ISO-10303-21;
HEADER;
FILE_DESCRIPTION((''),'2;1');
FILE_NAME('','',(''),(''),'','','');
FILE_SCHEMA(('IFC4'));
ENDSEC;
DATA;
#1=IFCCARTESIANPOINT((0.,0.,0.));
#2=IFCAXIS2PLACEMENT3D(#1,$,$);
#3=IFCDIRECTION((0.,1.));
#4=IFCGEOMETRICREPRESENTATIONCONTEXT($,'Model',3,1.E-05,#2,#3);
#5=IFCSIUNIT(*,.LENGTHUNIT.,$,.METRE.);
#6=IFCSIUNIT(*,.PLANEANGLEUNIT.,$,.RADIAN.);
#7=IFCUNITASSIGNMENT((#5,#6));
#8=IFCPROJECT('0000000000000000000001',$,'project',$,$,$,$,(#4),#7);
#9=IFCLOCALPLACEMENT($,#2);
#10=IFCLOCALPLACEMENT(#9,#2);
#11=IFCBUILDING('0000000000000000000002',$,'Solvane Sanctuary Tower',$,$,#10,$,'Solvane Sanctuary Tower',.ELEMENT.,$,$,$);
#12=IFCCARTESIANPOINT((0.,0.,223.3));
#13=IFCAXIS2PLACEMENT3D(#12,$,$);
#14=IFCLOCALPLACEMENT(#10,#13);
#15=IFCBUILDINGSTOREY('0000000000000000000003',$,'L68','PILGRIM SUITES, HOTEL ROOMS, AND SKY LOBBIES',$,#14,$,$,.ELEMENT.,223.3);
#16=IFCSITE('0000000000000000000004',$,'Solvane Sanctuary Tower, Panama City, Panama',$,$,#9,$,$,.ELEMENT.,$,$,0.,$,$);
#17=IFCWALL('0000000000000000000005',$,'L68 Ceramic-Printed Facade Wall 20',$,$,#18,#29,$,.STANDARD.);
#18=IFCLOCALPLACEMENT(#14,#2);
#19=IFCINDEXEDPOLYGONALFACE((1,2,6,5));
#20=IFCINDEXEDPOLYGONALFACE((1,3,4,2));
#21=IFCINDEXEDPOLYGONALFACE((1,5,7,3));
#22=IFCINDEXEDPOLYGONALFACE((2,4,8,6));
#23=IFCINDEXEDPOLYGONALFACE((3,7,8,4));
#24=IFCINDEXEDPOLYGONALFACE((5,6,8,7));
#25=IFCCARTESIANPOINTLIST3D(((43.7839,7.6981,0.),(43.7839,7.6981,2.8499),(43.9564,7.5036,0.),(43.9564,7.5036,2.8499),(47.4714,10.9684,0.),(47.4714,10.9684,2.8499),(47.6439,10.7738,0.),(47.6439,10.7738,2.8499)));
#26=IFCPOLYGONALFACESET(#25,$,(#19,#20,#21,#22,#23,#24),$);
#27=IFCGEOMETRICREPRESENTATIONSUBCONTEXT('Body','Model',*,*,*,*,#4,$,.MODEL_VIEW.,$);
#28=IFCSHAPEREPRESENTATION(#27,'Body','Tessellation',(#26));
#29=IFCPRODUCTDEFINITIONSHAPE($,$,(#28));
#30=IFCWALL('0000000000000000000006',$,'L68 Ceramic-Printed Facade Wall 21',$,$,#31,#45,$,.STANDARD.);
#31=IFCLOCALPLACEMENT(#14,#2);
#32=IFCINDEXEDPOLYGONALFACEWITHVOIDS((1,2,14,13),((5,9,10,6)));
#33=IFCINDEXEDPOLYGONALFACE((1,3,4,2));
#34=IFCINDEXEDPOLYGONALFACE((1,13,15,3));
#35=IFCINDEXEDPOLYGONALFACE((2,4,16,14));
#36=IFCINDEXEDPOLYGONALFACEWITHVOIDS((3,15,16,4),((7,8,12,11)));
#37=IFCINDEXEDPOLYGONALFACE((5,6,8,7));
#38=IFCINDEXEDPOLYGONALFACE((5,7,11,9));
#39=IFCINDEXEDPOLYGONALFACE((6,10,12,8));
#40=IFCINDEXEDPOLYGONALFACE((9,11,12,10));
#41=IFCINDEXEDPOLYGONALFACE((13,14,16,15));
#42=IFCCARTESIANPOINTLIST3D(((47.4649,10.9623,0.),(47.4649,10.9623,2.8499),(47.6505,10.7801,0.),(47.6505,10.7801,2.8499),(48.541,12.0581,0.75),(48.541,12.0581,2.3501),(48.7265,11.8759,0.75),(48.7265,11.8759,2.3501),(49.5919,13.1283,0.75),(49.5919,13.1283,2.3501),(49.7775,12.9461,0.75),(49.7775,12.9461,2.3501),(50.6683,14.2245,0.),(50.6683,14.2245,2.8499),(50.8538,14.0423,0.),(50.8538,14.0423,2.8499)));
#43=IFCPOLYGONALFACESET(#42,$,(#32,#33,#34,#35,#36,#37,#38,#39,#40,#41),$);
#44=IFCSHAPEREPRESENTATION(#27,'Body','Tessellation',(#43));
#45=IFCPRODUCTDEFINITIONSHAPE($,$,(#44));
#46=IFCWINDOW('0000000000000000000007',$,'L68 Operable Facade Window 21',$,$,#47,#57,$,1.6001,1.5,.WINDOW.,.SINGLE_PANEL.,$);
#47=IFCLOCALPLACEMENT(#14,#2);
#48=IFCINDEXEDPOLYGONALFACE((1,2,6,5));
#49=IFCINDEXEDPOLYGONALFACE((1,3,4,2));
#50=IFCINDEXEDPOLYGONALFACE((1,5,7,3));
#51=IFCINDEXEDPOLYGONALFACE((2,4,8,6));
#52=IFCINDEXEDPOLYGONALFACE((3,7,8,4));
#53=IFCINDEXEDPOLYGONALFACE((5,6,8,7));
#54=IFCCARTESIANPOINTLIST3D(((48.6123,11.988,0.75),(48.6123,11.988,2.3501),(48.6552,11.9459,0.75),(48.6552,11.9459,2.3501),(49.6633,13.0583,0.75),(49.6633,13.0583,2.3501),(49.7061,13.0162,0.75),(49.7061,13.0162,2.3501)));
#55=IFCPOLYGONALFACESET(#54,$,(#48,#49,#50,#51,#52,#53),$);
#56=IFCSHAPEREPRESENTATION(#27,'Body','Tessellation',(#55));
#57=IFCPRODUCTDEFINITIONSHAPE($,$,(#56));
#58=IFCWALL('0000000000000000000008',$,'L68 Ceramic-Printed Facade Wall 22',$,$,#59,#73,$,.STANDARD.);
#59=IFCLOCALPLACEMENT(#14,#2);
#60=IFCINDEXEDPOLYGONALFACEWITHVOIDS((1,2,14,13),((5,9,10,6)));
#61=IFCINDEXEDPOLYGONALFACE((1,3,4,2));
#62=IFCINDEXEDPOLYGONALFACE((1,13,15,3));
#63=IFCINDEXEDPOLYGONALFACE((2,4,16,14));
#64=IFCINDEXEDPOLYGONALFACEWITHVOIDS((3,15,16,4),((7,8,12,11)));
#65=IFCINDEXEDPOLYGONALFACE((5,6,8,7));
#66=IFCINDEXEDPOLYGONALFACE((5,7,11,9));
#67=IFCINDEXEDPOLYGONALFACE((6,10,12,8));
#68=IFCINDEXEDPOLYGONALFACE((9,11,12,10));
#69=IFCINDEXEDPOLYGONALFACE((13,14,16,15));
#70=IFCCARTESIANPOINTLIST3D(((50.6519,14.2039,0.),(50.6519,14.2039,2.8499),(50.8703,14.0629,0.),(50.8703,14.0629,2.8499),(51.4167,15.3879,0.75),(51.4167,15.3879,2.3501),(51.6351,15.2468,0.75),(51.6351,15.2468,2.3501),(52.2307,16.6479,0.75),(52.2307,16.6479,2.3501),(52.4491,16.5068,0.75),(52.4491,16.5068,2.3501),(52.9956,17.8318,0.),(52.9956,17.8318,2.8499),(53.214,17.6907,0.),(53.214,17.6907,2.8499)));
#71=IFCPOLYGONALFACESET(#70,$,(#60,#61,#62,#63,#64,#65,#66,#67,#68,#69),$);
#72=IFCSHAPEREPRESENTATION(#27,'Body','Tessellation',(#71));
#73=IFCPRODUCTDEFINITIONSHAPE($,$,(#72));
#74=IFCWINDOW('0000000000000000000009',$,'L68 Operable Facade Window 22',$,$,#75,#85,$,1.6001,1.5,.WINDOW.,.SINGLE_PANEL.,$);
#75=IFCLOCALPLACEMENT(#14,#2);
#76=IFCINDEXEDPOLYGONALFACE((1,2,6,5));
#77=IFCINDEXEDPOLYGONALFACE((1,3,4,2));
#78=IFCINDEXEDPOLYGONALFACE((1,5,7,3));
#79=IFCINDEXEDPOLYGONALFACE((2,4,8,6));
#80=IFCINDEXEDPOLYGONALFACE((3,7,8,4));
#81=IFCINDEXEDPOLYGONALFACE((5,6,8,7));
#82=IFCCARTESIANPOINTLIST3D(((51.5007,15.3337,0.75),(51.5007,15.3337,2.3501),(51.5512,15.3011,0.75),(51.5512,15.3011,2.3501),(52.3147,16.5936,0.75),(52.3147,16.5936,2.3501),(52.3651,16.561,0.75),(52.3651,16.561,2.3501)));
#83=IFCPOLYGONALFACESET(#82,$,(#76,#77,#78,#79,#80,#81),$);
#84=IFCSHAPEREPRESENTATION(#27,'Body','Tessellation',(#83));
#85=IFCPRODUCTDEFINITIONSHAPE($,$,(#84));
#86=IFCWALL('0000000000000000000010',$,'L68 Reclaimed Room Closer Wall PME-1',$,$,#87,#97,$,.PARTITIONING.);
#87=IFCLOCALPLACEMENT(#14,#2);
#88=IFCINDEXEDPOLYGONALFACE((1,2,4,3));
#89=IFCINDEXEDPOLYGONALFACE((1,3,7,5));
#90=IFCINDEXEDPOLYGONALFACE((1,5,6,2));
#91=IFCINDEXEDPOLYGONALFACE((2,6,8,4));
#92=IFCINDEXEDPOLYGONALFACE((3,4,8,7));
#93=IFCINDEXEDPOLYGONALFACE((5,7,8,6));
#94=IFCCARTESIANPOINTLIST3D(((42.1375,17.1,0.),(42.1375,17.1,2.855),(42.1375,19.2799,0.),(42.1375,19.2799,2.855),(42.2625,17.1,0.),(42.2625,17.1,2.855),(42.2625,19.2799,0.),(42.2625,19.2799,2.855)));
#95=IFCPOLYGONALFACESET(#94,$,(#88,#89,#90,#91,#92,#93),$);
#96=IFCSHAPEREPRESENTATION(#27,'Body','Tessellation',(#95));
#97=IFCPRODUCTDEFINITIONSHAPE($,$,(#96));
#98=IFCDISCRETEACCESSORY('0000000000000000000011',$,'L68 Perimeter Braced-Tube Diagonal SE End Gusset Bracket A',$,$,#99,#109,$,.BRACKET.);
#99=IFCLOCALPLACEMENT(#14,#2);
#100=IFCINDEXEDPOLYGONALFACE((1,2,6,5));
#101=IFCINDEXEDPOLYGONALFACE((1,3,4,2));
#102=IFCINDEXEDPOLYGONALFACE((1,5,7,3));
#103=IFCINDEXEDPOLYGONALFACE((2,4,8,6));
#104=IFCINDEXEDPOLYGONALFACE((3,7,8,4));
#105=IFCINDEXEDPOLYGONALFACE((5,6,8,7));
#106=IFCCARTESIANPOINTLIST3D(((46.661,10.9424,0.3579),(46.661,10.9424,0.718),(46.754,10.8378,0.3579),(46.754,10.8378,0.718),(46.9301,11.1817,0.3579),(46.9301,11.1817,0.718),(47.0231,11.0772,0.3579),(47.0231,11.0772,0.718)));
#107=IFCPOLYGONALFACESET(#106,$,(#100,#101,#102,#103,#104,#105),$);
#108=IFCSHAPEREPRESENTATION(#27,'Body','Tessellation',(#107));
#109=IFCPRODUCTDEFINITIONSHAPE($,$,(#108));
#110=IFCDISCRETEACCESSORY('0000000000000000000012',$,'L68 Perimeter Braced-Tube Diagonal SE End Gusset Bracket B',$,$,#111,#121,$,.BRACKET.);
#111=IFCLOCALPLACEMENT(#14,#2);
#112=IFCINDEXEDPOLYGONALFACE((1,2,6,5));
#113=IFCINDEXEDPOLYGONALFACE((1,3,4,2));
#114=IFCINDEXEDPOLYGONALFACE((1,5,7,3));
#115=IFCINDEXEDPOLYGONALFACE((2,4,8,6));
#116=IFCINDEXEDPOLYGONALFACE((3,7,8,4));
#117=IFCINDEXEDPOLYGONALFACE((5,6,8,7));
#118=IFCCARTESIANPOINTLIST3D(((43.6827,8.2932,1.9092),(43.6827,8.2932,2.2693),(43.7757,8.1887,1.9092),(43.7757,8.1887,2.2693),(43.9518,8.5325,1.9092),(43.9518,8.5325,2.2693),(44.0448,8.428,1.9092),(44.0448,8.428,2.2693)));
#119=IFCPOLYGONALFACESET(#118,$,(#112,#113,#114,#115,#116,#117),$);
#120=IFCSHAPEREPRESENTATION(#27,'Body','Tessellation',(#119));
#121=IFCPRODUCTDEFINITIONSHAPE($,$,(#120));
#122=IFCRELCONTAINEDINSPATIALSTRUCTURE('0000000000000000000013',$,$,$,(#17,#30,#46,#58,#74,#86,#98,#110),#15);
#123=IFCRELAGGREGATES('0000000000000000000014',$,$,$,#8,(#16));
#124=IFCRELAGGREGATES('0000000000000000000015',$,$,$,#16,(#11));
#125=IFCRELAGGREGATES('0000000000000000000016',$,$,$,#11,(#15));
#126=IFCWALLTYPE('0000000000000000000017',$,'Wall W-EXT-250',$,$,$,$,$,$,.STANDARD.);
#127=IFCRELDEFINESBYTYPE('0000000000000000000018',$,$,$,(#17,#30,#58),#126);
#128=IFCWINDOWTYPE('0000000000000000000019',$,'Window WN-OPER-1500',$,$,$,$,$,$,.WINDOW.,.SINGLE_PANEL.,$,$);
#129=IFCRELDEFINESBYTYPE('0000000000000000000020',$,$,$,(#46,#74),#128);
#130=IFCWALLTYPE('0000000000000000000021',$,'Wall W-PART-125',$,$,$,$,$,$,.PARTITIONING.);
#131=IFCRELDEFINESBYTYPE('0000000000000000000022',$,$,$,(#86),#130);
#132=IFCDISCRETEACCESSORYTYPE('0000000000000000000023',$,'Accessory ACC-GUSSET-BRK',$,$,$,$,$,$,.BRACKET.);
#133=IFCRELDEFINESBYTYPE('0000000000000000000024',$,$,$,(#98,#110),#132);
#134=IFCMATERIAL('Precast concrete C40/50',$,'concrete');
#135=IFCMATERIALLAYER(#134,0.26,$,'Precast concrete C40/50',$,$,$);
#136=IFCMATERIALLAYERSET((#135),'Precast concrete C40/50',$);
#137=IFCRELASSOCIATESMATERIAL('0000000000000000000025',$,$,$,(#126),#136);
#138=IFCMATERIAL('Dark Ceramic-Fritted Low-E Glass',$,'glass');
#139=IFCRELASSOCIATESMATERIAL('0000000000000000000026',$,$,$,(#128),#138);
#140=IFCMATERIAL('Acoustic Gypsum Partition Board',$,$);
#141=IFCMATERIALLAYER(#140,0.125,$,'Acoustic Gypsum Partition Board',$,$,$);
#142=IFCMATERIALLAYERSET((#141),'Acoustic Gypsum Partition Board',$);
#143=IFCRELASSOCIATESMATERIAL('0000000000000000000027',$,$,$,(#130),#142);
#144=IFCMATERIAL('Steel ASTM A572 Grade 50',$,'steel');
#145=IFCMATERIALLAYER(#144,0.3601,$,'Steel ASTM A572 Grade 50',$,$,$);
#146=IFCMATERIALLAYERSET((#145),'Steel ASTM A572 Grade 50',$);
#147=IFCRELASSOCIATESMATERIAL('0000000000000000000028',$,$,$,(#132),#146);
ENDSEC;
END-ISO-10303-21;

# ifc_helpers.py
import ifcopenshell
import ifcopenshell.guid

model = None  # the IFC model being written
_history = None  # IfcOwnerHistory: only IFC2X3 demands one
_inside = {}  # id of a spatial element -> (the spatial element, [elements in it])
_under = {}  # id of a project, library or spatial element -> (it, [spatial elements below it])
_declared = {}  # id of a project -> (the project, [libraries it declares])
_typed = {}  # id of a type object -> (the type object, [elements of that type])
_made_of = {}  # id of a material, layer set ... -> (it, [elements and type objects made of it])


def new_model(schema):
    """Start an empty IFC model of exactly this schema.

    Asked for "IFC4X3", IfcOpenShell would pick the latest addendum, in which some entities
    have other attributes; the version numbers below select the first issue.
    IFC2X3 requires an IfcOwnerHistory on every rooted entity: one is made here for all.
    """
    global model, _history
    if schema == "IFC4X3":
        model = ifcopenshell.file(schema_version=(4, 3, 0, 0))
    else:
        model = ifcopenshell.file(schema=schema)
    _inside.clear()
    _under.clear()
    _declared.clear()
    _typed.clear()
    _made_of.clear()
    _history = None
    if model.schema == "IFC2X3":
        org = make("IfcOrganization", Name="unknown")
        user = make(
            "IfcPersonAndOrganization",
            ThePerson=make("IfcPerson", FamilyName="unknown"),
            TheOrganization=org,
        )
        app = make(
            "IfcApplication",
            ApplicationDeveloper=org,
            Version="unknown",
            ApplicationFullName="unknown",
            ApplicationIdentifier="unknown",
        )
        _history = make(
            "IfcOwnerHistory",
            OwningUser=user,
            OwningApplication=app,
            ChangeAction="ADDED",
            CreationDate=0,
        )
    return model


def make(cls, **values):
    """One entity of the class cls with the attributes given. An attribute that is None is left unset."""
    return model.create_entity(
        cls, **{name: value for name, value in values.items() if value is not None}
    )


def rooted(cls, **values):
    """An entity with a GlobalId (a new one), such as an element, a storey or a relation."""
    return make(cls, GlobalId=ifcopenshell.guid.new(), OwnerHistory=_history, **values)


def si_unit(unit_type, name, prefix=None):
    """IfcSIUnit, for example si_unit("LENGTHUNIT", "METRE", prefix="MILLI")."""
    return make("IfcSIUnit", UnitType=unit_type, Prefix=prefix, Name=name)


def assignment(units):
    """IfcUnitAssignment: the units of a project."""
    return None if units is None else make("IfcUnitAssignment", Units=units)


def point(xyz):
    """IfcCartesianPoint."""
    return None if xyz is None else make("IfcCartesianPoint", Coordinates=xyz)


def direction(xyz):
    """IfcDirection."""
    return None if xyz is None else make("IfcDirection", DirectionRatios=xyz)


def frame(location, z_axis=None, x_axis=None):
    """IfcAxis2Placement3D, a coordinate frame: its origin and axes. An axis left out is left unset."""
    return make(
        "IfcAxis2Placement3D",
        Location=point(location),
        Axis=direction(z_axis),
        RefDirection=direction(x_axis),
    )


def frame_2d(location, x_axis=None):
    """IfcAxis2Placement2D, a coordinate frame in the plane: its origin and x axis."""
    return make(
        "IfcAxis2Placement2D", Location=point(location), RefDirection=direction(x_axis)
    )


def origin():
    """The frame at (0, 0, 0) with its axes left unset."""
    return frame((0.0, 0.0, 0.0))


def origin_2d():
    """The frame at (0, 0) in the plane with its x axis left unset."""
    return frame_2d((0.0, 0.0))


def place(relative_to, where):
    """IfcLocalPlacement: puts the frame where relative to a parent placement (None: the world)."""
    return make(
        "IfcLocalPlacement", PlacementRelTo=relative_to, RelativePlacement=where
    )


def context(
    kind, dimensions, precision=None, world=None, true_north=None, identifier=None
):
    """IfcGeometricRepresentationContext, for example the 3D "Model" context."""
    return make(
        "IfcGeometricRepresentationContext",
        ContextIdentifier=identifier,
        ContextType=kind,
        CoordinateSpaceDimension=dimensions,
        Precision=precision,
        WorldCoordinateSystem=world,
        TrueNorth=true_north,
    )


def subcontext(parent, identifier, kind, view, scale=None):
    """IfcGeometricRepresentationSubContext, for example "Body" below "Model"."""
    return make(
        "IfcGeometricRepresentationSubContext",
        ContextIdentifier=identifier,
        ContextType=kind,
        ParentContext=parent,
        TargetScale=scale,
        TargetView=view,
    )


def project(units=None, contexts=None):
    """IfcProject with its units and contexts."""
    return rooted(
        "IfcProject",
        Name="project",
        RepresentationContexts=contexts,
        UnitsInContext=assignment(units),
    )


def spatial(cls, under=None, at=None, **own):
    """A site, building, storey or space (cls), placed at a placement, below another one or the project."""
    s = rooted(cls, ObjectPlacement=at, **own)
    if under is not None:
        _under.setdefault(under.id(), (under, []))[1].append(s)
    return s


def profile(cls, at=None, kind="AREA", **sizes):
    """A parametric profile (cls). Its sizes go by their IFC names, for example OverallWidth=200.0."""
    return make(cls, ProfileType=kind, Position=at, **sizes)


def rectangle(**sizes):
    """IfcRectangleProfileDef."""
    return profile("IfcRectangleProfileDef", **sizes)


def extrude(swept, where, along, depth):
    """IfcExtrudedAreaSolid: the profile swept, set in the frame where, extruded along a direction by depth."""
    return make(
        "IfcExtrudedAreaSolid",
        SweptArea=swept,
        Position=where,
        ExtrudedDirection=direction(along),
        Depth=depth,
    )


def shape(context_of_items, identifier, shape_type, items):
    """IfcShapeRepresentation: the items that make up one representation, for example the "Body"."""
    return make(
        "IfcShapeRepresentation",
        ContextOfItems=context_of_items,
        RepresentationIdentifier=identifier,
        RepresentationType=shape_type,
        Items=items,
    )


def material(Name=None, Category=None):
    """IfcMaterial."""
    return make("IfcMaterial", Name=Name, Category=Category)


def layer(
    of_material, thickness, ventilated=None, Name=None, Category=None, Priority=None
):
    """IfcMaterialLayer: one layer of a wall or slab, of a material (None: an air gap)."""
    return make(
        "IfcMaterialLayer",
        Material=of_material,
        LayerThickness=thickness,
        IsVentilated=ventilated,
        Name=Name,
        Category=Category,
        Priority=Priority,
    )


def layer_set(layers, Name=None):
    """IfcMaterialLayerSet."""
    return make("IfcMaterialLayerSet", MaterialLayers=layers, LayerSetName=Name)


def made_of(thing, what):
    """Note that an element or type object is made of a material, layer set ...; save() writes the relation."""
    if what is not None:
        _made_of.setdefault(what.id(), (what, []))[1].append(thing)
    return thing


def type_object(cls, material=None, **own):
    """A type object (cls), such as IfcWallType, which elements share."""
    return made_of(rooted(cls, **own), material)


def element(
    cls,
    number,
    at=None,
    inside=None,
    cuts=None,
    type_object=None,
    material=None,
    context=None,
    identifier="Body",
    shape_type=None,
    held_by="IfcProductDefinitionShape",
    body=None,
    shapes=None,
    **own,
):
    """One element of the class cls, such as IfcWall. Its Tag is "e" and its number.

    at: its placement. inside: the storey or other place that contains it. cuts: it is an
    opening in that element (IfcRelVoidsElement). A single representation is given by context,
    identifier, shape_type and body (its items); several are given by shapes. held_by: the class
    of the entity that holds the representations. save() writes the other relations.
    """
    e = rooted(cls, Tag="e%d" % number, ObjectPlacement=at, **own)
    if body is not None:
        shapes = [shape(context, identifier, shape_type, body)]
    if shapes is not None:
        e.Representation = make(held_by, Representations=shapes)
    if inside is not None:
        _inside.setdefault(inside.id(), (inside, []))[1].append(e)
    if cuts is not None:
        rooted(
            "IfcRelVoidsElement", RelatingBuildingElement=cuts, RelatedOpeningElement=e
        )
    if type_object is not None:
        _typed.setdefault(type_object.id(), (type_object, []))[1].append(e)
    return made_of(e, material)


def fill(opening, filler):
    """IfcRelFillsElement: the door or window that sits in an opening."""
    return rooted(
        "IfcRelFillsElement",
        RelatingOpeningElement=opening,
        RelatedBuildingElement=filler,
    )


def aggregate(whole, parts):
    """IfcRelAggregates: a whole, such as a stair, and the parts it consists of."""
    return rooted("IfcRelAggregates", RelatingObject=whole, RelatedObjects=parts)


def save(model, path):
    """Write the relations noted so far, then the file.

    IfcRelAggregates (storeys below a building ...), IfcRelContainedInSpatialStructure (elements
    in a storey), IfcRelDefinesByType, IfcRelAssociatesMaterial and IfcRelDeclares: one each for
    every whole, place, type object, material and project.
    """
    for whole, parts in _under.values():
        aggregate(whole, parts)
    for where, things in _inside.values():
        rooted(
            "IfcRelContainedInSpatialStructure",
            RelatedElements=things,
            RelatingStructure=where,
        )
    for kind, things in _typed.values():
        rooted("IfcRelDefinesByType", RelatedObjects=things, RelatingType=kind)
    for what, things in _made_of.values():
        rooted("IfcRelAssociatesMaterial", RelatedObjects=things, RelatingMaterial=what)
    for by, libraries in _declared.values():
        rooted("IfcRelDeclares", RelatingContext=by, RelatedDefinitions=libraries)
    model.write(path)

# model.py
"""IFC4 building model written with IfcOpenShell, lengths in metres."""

from ifc_helpers import new_model, si_unit, direction, frame, frame_2d, origin, origin_2d, place, context, subcontext, project, spatial, rectangle, extrude, material, layer, layer_set, type_object, element, fill, save


model = new_model("IFC4")

# Units and contexts
model_context = context("Model", 3, precision=1e-05, world=origin(), true_north=direction((0.0, 1.0)))
body_context = subcontext(model_context, "Body", "Model", "MODEL_VIEW")
ifc_project = project(units=[si_unit("LENGTHUNIT", "METRE"), si_unit("PLANEANGLEUNIT", "RADIAN")], contexts=[model_context])

# Site, building, storey
site_placement = place(None, origin())
site = spatial("IfcSite", under=ifc_project, at=site_placement, Name="Solvane Sanctuary Tower, Panama City, Panama", CompositionType="ELEMENT", RefElevation=0.0)
building_placement = place(site_placement, origin())
building = spatial("IfcBuilding", under=site, at=building_placement, Name="Solvane Sanctuary Tower", LongName="Solvane Sanctuary Tower", CompositionType="ELEMENT")
storey_placement = place(building_placement, frame((0.0, 0.0, 223.3)))
storey = spatial("IfcBuildingStorey", under=building, at=storey_placement, Name="L68", Description="PILGRIM SUITES, HOTEL ROOMS, AND SKY LOBBIES", CompositionType="ELEMENT", Elevation=223.3)

# Shared definitions
ifc_material_1 = material(Name="Acoustic Gypsum Partition Board")

# Wall
ifc_material_2 = material(Name="Precast concrete C40/50", Category="concrete")
ifc_layer_1 = layer(ifc_material_2, 0.26, Name="Precast concrete C40/50")
ifc_layer_set_1 = layer_set([ifc_layer_1], Name="Precast concrete C40/50")
wall_type_1 = type_object("IfcWallType", Name="Wall W-EXT-250", PredefinedType="STANDARD", material=ifc_layer_set_1)
wall_1_placement = place(storey_placement, frame((43.8701, 7.6008, 0.0), z_axis=(0.0, 0.0, 1.0), x_axis=(0.748166, 0.663512, 0.0)))
element("IfcWall", 1, at=wall_1_placement, inside=storey, type_object=wall_type_1, Name="L68 Ceramic-Printed Facade Wall 20", PredefinedType="STANDARD", context=body_context, shape_type="SweptSolid", body=[
    extrude(rectangle(XDim=4.9287, YDim=0.26, at=frame_2d((2.4644, 0.0))), origin(), (0.0, 0.0, 1.0), 2.8499),
])

# Walls, openings, windows
wall_2_placement = place(storey_placement, frame((47.5576, 10.8711, 0.0), z_axis=(0.0, 0.0, 1.0), x_axis=(0.700643, 0.713512, 0.0)))
wall_2 = element("IfcWall", 2, at=wall_2_placement, inside=storey, type_object=wall_type_1, Name="L68 Ceramic-Printed Facade Wall 21", PredefinedType="STANDARD", context=body_context, shape_type="SweptSolid", body=[
    extrude(rectangle(XDim=4.572, YDim=0.26, at=frame_2d((2.2861, 0.0))), origin(), (0.0, 0.0, 1.0), 2.8499),
])
opening_1_placement = place(wall_2_placement, frame((1.5359, 0.0, 0.75)))
opening_1 = element("IfcOpeningElement", 3, at=opening_1_placement, cuts=wall_2, PredefinedType="OPENING", context=body_context, shape_type="SweptSolid", body=[
    extrude(rectangle(XDim=1.5, YDim=1.6001, at=frame_2d((0.75, 0.8))), frame((0.0, 0.1399, 0.0), z_axis=(0.0, -1.0, 0.0), x_axis=(1.0, 0.0, 0.0)), (0.0, 0.0, 1.0), 0.28),
])
ifc_material_3 = material(Name="Dark Ceramic-Fritted Low-E Glass", Category="glass")
window_type = type_object("IfcWindowType", Name="Window WN-OPER-1500", PartitioningType="SINGLE_PANEL", PredefinedType="WINDOW", material=ifc_material_3)
window_1_placement = place(opening_1_placement, origin())
window_1 = element("IfcWindow", 4, at=window_1_placement, inside=storey, type_object=window_type, Name="L68 Operable Facade Window 21", OverallHeight=1.6001, OverallWidth=1.5, PartitioningType="SINGLE_PANEL", PredefinedType="WINDOW", context=body_context, shape_type="SweptSolid", body=[
    extrude(rectangle(XDim=1.5, YDim=1.6001, at=frame_2d((0.75, 0.8))), frame((0.0, 0.03, 0.0), z_axis=(0.0, -1.0, 0.0), x_axis=(1.0, 0.0, 0.0)), (0.0, 0.0, 1.0), 0.0601),
])
fill(opening_1, window_1)
wall_3_placement = place(storey_placement, frame((50.761, 14.1333, 0.0), z_axis=(0.0, 0.0, 1.0), x_axis=(0.542642, 0.839964, 0.0)))
wall_3 = element("IfcWall", 5, at=wall_3_placement, inside=storey, type_object=wall_type_1, Name="L68 Ceramic-Printed Facade Wall 22", PredefinedType="STANDARD", context=body_context, shape_type="SweptSolid", body=[
    extrude(rectangle(XDim=4.3191, YDim=0.26, at=frame_2d((2.1597, 0.0))), origin(), (0.0, 0.0, 1.0), 2.8499),
])
opening_2_placement = place(wall_3_placement, frame((1.4097, 0.0, 0.75)))
opening_2 = element("IfcOpeningElement", 6, at=opening_2_placement, cuts=wall_3, PredefinedType="OPENING", context=body_context, shape_type="SweptSolid", body=[
    extrude(rectangle(XDim=1.5, YDim=1.6001, at=frame_2d((0.75, 0.8))), frame((0.0, 0.1399, 0.0), z_axis=(0.0, -1.0, 0.0), x_axis=(1.0, 0.0, 0.0)), (0.0, 0.0, 1.0), 0.28),
])
window_2_placement = place(opening_2_placement, origin())
window_2 = element("IfcWindow", 7, at=window_2_placement, inside=storey, type_object=window_type, Name="L68 Operable Facade Window 22", OverallHeight=1.6001, OverallWidth=1.5, PartitioningType="SINGLE_PANEL", PredefinedType="WINDOW", context=body_context, shape_type="SweptSolid", body=[
    extrude(rectangle(XDim=1.5, YDim=1.6001, at=frame_2d((0.75, 0.8))), frame((0.0, 0.03, 0.0), z_axis=(0.0, -1.0, 0.0), x_axis=(1.0, 0.0, 0.0)), (0.0, 0.0, 1.0), 0.0601),
])
fill(opening_2, window_2)

# Wall
ifc_layer_2 = layer(ifc_material_1, 0.125, Name="Acoustic Gypsum Partition Board")
ifc_layer_set_2 = layer_set([ifc_layer_2], Name="Acoustic Gypsum Partition Board")
wall_type_2 = type_object("IfcWallType", Name="Wall W-PART-125", PredefinedType="PARTITIONING", material=ifc_layer_set_2)
wall_4_placement = place(storey_placement, frame((42.2, 17.1001, 0.0), z_axis=(0.0, 0.0, 1.0), x_axis=(0.0, 1.0, 0.0)))
element("IfcWall", 8, at=wall_4_placement, inside=storey, type_object=wall_type_2, Name="L68 Reclaimed Room Closer Wall PME-1", PredefinedType="PARTITIONING", context=body_context, shape_type="SweptSolid", body=[
    extrude(rectangle(XDim=2.1799, YDim=0.125, at=frame_2d((1.0898, 0.0))), origin(), (0.0, 0.0, 1.0), 2.855),
])

# Discrete accessories
ifc_material_4 = material(Name="Steel ASTM A572 Grade 50", Category="steel")
ifc_layer_3 = layer(ifc_material_4, 0.3601, Name="Steel ASTM A572 Grade 50")
ifc_layer_set_3 = layer_set([ifc_layer_3], Name="Steel ASTM A572 Grade 50")
discrete_accessory_type = type_object("IfcDiscreteAccessoryType", Name="Accessory ACC-GUSSET-BRK", PredefinedType="BRACKET", material=ifc_layer_set_3)
for number, where, z_axis, x_axis, name in (
    (9, (46.842, 11.0098, 0.3579), (0.0, 0.0, 1.0), (-0.747218, -0.664579, 0.0), "L68 Perimeter Braced-Tube Diagonal SE End Gusset Bracket A"),
    (10, (43.8638, 8.3606, 1.9092), (0.0, 0.0, 1.0), (-0.747218, -0.664579, 0.0), "L68 Perimeter Braced-Tube Diagonal SE End Gusset Bracket B"),
):
    element("IfcDiscreteAccessory", number, at=place(storey_placement, frame(where, z_axis=z_axis, x_axis=x_axis)), inside=storey, type_object=discrete_accessory_type, Name=name, PredefinedType="BRACKET", context=body_context, shape_type="SweptSolid", body=[
        extrude(rectangle(XDim=0.3601, YDim=0.1399, at=origin_2d()), origin(), (0.0, 0.0, 1.0), 0.3601),
    ])

save(model, "model.ifc")
